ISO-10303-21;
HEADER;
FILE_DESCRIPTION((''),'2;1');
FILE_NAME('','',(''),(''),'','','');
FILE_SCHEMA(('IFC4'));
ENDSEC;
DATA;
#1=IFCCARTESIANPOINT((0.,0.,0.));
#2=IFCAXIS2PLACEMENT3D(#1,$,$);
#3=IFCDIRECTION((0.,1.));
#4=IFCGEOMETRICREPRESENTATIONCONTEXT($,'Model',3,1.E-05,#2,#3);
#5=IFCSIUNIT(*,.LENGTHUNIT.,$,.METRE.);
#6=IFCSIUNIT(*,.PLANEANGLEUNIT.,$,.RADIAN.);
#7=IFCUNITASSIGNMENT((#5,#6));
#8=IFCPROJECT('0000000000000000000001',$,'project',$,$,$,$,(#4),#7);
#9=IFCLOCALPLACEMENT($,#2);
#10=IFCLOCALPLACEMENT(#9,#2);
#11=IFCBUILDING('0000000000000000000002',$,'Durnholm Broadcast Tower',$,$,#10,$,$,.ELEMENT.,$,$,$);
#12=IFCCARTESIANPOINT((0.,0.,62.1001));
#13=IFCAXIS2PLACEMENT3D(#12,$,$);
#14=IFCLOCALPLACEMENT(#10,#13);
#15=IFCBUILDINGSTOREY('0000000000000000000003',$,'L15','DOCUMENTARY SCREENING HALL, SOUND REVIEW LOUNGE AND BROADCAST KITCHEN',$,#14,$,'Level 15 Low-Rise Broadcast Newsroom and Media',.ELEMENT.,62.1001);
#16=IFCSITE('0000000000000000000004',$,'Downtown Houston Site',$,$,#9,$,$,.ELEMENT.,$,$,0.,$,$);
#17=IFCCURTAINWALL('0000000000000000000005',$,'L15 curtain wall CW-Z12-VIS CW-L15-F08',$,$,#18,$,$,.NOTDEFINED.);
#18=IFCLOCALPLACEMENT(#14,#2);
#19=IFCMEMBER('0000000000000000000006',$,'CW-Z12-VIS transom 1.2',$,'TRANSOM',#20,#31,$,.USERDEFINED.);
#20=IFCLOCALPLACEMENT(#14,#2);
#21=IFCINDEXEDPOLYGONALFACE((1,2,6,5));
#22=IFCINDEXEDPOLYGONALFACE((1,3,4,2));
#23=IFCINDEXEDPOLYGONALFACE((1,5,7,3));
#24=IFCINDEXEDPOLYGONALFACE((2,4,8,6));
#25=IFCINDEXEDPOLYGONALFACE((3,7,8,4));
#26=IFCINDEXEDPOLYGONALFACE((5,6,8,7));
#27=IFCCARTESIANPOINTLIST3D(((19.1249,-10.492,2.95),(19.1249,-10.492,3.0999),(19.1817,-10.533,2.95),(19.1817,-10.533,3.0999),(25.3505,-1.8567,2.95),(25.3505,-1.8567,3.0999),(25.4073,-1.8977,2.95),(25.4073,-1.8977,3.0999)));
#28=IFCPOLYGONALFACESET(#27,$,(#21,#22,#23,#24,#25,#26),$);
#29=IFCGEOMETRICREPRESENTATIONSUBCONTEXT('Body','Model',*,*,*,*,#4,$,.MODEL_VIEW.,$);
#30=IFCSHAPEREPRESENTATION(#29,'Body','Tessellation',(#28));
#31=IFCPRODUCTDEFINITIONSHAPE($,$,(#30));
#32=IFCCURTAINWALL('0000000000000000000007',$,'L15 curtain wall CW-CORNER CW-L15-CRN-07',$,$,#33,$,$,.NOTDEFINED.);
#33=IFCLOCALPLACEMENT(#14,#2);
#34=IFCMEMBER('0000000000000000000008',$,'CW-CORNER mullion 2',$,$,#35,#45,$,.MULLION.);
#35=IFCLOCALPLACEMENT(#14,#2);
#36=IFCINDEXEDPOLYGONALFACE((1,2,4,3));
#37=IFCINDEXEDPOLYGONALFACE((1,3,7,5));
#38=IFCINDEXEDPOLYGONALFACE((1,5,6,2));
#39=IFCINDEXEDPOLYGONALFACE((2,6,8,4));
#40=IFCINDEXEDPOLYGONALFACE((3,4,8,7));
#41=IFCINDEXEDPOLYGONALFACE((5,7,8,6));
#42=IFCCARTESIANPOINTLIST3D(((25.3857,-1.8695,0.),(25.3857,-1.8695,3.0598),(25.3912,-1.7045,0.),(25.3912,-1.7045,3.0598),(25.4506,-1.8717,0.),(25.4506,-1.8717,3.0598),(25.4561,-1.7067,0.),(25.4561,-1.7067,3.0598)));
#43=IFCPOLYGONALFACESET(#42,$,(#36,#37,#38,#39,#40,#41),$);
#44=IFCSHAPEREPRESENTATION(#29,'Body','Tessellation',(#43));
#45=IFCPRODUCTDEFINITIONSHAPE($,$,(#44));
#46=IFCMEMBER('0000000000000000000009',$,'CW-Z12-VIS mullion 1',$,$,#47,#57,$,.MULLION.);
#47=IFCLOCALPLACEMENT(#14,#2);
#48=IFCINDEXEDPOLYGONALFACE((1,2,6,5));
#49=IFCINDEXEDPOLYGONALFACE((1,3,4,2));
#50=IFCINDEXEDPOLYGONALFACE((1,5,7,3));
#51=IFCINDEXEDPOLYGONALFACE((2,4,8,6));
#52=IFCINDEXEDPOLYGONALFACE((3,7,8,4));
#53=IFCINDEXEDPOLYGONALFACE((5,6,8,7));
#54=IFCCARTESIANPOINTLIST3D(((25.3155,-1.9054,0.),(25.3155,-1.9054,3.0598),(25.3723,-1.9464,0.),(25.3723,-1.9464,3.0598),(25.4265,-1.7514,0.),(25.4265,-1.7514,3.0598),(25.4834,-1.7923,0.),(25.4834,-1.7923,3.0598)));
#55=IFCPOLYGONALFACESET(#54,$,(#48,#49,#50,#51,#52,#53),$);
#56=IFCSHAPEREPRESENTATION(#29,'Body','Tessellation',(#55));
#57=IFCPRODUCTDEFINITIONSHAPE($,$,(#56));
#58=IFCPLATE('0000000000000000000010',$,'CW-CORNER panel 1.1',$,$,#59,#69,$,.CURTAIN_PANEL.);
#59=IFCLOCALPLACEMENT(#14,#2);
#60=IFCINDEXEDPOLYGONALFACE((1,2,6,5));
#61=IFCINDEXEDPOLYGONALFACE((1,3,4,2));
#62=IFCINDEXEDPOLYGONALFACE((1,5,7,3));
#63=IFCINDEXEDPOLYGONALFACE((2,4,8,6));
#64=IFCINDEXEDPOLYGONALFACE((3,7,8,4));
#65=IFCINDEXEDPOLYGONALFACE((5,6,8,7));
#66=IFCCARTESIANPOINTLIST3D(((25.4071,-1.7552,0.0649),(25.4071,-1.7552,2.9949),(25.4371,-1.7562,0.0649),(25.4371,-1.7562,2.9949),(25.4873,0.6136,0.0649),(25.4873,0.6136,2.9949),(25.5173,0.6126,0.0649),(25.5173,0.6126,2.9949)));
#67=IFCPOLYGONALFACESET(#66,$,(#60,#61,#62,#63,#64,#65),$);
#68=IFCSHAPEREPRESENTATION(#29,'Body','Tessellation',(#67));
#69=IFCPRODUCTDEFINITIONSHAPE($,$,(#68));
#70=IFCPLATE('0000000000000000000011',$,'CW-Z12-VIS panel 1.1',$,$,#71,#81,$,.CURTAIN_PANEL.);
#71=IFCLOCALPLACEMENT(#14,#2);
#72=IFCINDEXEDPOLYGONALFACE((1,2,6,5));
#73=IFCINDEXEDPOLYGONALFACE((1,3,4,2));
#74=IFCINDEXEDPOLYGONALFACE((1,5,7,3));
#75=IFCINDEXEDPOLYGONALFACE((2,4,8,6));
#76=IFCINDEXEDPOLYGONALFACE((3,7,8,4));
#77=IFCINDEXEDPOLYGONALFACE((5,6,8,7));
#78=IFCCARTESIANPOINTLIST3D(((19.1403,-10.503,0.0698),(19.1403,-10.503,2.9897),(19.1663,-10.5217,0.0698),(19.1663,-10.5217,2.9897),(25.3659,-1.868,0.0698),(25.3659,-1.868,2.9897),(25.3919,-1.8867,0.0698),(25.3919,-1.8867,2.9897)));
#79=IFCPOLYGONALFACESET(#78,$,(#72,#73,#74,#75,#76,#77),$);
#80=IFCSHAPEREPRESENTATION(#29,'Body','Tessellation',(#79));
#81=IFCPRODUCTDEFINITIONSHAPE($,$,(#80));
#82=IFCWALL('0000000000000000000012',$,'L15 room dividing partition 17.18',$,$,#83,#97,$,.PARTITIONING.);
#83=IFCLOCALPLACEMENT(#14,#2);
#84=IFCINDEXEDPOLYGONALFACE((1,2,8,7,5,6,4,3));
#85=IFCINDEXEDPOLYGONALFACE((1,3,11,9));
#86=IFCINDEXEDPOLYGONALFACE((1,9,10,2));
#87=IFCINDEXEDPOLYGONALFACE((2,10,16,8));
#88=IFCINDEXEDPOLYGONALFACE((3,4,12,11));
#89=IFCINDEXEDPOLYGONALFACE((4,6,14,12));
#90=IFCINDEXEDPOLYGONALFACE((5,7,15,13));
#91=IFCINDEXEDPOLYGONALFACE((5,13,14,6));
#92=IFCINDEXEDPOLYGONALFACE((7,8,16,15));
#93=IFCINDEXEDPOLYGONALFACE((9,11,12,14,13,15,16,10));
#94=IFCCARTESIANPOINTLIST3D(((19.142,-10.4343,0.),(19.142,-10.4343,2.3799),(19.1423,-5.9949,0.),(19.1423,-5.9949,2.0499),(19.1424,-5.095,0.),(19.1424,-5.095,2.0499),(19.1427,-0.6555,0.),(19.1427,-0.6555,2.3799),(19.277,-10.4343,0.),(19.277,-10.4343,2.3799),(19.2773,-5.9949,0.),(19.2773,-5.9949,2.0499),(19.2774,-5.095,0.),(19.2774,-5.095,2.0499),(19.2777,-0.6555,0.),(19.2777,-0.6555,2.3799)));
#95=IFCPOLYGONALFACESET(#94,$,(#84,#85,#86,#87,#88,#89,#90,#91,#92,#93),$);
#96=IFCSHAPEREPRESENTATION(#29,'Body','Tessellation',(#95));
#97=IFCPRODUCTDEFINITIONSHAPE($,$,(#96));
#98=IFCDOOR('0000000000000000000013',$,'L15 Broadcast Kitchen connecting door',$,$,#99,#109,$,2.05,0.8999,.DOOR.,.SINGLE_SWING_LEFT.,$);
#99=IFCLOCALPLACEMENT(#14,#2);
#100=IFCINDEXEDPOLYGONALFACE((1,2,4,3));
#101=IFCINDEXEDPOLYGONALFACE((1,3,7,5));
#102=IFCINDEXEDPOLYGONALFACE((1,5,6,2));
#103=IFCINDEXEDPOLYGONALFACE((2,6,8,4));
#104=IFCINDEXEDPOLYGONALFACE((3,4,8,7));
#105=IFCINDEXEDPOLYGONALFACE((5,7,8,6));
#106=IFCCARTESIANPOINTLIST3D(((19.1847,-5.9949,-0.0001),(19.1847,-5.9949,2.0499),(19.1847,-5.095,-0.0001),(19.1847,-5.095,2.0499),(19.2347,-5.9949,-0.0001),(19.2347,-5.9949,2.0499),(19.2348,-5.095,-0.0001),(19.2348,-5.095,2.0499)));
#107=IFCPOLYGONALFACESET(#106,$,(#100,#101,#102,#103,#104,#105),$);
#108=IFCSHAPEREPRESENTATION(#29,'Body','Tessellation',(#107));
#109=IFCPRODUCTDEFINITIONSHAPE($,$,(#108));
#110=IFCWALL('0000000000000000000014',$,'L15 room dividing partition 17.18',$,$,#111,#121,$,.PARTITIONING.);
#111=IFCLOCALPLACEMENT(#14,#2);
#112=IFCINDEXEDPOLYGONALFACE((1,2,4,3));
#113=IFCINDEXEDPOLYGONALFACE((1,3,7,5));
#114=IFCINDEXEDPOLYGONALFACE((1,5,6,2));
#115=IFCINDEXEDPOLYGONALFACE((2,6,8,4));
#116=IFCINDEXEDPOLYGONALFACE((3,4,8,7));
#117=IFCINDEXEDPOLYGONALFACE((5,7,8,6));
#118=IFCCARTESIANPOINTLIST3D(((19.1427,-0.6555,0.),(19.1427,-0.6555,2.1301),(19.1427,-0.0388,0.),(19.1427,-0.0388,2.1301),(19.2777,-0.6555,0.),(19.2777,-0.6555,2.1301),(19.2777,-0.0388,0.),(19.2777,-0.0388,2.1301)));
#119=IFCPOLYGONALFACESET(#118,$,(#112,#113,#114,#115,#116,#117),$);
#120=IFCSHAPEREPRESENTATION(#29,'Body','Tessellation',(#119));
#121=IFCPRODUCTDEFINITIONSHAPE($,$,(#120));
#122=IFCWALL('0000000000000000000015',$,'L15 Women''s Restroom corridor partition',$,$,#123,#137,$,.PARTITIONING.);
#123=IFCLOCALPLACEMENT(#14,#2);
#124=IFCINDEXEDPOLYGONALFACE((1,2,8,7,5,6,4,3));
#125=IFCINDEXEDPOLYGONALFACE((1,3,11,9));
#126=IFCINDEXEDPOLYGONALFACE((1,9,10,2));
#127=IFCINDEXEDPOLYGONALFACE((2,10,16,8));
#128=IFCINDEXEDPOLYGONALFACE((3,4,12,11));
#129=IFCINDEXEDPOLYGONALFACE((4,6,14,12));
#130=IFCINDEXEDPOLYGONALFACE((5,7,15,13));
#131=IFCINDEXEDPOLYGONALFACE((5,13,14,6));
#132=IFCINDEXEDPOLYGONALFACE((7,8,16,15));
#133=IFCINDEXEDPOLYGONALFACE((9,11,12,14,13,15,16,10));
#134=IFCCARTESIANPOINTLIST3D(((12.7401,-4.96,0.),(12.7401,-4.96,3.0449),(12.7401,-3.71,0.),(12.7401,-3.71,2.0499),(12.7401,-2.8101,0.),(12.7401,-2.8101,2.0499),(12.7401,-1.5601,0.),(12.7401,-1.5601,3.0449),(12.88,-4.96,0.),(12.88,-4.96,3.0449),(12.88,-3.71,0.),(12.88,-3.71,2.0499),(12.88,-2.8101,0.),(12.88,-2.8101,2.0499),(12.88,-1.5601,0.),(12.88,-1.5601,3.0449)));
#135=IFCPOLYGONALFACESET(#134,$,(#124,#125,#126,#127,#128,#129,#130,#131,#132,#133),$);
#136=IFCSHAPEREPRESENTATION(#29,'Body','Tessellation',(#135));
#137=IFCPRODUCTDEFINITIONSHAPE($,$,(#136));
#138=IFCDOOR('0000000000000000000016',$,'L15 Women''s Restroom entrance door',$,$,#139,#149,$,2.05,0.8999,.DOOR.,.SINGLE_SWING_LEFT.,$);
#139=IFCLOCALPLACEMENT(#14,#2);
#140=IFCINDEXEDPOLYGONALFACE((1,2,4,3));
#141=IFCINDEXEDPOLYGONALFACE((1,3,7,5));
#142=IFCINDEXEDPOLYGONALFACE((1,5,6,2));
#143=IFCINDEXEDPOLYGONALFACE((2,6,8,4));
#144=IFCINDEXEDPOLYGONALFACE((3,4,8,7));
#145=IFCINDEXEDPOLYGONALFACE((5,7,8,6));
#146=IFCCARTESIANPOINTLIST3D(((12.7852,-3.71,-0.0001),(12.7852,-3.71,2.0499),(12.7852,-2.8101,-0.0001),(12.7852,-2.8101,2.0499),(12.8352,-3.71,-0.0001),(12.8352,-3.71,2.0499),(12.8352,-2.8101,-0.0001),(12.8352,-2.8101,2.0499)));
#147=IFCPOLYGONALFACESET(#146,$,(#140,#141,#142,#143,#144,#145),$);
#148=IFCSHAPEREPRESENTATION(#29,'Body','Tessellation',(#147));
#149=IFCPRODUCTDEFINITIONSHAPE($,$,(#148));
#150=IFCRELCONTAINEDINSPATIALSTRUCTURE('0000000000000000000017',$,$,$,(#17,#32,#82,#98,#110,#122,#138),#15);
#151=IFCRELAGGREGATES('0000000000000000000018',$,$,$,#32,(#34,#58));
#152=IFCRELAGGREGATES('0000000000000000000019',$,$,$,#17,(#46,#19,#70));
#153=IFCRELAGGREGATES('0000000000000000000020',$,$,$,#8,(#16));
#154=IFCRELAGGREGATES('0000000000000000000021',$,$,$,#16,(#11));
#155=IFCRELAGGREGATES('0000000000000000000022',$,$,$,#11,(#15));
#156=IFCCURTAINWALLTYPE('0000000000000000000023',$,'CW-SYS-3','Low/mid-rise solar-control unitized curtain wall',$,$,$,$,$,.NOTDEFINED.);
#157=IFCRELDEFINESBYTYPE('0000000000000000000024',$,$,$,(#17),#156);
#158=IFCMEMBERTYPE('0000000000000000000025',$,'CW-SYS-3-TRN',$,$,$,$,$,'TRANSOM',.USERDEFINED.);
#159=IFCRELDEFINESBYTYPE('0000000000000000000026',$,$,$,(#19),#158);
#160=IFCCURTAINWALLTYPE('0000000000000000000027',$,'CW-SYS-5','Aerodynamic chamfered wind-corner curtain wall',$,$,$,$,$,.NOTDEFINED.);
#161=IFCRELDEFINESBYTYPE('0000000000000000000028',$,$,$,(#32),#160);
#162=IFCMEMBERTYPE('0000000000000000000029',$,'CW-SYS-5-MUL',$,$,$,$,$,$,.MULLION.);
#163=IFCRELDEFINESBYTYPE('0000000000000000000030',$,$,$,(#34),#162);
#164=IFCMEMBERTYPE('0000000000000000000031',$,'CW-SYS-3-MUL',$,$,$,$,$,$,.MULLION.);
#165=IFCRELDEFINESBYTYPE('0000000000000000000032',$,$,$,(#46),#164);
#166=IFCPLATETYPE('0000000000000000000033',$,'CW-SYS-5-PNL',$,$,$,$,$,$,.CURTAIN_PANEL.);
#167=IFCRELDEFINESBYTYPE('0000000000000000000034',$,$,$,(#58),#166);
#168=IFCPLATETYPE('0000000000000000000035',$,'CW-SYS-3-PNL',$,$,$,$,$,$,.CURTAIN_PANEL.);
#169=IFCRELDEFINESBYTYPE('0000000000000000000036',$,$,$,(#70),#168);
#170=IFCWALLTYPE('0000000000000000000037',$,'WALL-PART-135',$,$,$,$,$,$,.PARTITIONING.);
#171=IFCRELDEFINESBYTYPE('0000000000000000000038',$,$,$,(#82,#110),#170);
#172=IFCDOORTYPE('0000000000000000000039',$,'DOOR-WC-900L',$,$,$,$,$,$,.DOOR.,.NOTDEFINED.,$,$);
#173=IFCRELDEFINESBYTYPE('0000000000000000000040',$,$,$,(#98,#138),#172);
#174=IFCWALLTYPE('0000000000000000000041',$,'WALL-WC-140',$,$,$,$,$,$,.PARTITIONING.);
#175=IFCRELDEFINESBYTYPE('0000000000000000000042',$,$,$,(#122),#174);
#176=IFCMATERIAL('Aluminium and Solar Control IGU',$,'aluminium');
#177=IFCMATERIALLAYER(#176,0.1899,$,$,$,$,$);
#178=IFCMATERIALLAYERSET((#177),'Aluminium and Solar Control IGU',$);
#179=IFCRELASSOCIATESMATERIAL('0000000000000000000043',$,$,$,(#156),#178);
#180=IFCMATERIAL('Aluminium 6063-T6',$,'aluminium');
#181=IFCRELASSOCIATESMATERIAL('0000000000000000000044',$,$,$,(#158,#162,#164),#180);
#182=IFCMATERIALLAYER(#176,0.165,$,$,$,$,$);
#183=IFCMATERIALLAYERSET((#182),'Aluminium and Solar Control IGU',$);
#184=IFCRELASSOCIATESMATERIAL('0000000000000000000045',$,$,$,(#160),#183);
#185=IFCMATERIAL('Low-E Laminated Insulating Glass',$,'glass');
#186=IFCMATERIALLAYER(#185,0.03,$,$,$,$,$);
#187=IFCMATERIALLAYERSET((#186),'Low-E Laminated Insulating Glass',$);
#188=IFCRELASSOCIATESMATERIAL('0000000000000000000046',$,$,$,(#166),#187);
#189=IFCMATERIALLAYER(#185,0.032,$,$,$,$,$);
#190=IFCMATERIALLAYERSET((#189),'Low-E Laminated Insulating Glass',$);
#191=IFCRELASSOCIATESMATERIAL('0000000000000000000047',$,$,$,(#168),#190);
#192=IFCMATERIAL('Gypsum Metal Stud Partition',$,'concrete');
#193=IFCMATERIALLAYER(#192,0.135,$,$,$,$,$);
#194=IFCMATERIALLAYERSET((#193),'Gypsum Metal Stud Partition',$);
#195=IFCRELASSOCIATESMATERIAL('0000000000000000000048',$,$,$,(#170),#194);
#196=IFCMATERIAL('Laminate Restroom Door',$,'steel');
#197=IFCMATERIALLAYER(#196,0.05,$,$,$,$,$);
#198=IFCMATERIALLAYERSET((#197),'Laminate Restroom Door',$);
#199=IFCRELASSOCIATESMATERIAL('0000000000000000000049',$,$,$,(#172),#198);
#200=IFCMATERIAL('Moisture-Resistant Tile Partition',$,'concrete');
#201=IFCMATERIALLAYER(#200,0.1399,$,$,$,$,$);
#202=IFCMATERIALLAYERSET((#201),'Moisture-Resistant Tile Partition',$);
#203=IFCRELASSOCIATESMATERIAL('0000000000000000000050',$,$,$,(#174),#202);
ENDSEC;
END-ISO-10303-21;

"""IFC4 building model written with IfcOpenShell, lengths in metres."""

from ifc_helpers import new_model, si_unit, direction, frame, frame_2d, origin, origin_2d, place, context, subcontext, project, spatial, rectangle, extrude, source, transform, mapped, material, layer, layer_set, material_profile, profile_set, type_object, type_shapes, element, fill, aggregate, save


model = new_model("IFC4")

# Units and contexts
model_context = context("Model", 3, precision=1e-05, world=origin(), true_north=direction((0.0, 1.0)))
body_context = subcontext(model_context, "Body", "Model", "MODEL_VIEW")
ifc_project = project(units=[si_unit("LENGTHUNIT", "METRE"), si_unit("PLANEANGLEUNIT", "RADIAN")], contexts=[model_context])

# Site, building, storey
site_placement = place(None, origin())
site = spatial("IfcSite", under=ifc_project, at=site_placement, Name="Downtown Houston Site", CompositionType="ELEMENT", RefElevation=0.0)
building_placement = place(site_placement, origin())
building = spatial("IfcBuilding", under=site, at=building_placement, Name="Durnholm Broadcast Tower", CompositionType="ELEMENT")
storey_placement = place(building_placement, frame((0.0, 0.0, 62.1001)))
storey = spatial("IfcBuildingStorey", under=building, at=storey_placement, Name="L15", Description="DOCUMENTARY SCREENING HALL, SOUND REVIEW LOUNGE AND BROADCAST KITCHEN", LongName="Level 15 Low-Rise Broadcast Newsroom and Media", CompositionType="ELEMENT", Elevation=62.1001)

# Curtain wall, member
ifc_material_1 = material(Name="Aluminium and Solar Control IGU", Category="aluminium")
ifc_layer_1 = layer(ifc_material_1, 0.1899)
ifc_layer_set_1 = layer_set([ifc_layer_1], Name="Aluminium and Solar Control IGU")
curtain_wall_type_1 = type_object("IfcCurtainWallType", Name="CW-SYS-3", Description="Low/mid-rise solar-control unitized curtain wall", PredefinedType="NOTDEFINED", material=ifc_layer_set_1)
curtain_wall_1_placement = place(storey_placement, origin())
curtain_wall_1 = element("IfcCurtainWall", 1, at=curtain_wall_1_placement, inside=storey, type_object=curtain_wall_type_1, Name="L15 curtain wall CW-Z12-VIS CW-L15-F08", PredefinedType="NOTDEFINED")
ifc_material_2 = material(Name="Aluminium 6063-T6", Category="aluminium")
ifc_material_profile_1 = material_profile(ifc_material_2, rectangle(XDim=0.0701, YDim=0.1499, at=origin_2d()), Name="CWT70X150")
ifc_profile_set_1 = profile_set([ifc_material_profile_1], Name="Aluminium 6063-T6")
member_type_1 = type_object("IfcMemberType", Name="CW-SYS-3-TRN", ElementType="TRANSOM", PredefinedType="USERDEFINED", material=ifc_profile_set_1)
shared_shape_1 = source(origin(), body_context, "Body", "SweptSolid", [
    extrude(rectangle(XDim=0.0701, YDim=0.1499, at=origin_2d()), origin(), (0.0, 0.0, 1.0), 10.6455),
])
type_shapes(member_type_1, [shared_shape_1])
member_1_placement = place(storey_placement, frame((25.3789, -1.8772, 3.0249), z_axis=(-0.584812, -0.811169, 0.0), x_axis=(0.811169, -0.584812, 0.0)))
member_1 = element("IfcMember", 2, at=member_1_placement, type_object=member_type_1, Name="CW-Z12-VIS transom 1.2", ObjectType="TRANSOM", PredefinedType="USERDEFINED", context=body_context, shape_type="MappedRepresentation", body=[
    mapped(shared_shape_1, transform((0.0, 0.0, 0.0), x_axis=(1.0, 0.0, 0.0), y_axis=(0.0, 1.0, 0.0), z_axis=(0.0, 0.0, 1.0), scale=1.0)),
])

# Curtain wall, member
ifc_layer_2 = layer(ifc_material_1, 0.165)
ifc_layer_set_2 = layer_set([ifc_layer_2], Name="Aluminium and Solar Control IGU")
curtain_wall_type_2 = type_object("IfcCurtainWallType", Name="CW-SYS-5", Description="Aerodynamic chamfered wind-corner curtain wall", PredefinedType="NOTDEFINED", material=ifc_layer_set_2)
curtain_wall_2_placement = place(storey_placement, origin())
curtain_wall_2 = element("IfcCurtainWall", 3, at=curtain_wall_2_placement, inside=storey, type_object=curtain_wall_type_2, Name="L15 curtain wall CW-CORNER CW-L15-CRN-07", PredefinedType="NOTDEFINED")
ifc_material_profile_2 = material_profile(ifc_material_2, rectangle(XDim=0.0649, YDim=0.165, at=origin_2d()), Name="CWM65X165")
ifc_profile_set_2 = profile_set([ifc_material_profile_2], Name="Aluminium 6063-T6")
member_type_2 = type_object("IfcMemberType", Name="CW-SYS-5-MUL", PredefinedType="MULLION", material=ifc_profile_set_2)
shared_shape_2 = source(origin(), body_context, "Body", "SweptSolid", [
    extrude(rectangle(XDim=0.0649, YDim=0.165, at=origin_2d()), origin(), (0.0, 0.0, 1.0), 3.0598),
])
type_shapes(member_type_2, [shared_shape_2])
member_2_placement = place(storey_placement, frame((25.4209, -1.7881, 0.0), z_axis=(0.0, 0.0, 1.0), x_axis=(0.999427, -0.03384, 0.0)))
member_2 = element("IfcMember", 4, at=member_2_placement, type_object=member_type_2, Name="CW-CORNER mullion 2", PredefinedType="MULLION", context=body_context, shape_type="MappedRepresentation", body=[
    mapped(shared_shape_2, transform((0.0, 0.0, 0.0), x_axis=(1.0, 0.0, 0.0), y_axis=(0.0, 1.0, 0.0), z_axis=(0.0, 0.0, 1.0), scale=1.0)),
])

# Member
ifc_material_profile_3 = material_profile(ifc_material_2, rectangle(XDim=0.0701, YDim=0.1899, at=origin_2d()), Name="CWM70X190")
ifc_profile_set_3 = profile_set([ifc_material_profile_3], Name="Aluminium 6063-T6")
member_type_3 = type_object("IfcMemberType", Name="CW-SYS-3-MUL", PredefinedType="MULLION", material=ifc_profile_set_3)
shared_shape_3 = source(origin(), body_context, "Body", "SweptSolid", [
    extrude(rectangle(XDim=0.0701, YDim=0.1899, at=origin_2d()), origin(), (0.0, 0.0, 1.0), 3.0598),
])
type_shapes(member_type_3, [shared_shape_3])
member_3_placement = place(storey_placement, frame((25.3994, -1.8489, 0.0), z_axis=(0.0, 0.0, 1.0), x_axis=(0.811161, -0.584823, 0.0)))
member_3 = element("IfcMember", 5, at=member_3_placement, type_object=member_type_3, Name="CW-Z12-VIS mullion 1", PredefinedType="MULLION", context=body_context, shape_type="MappedRepresentation", body=[
    mapped(shared_shape_3, transform((0.0, 0.0, 0.0), x_axis=(1.0, 0.0, 0.0), y_axis=(0.0, 1.0, 0.0), z_axis=(0.0, 0.0, 1.0), scale=1.0)),
])

# Plates
ifc_material_3 = material(Name="Low-E Laminated Insulating Glass", Category="glass")
ifc_layer_3 = layer(ifc_material_3, 0.03)
ifc_layer_set_3 = layer_set([ifc_layer_3], Name="Low-E Laminated Insulating Glass")
plate_type_1 = type_object("IfcPlateType", Name="CW-SYS-5-PNL", PredefinedType="CURTAIN_PANEL", material=ifc_layer_set_3)
shared_shape_4 = source(origin(), body_context, "Body", "SweptSolid", [
    extrude(rectangle(XDim=2.3701, YDim=0.03, at=origin_2d()), origin(), (0.0, 0.0, 1.0), 2.9299),
])
type_shapes(plate_type_1, [shared_shape_4])
plate_1_placement = place(storey_placement, frame((25.4622, -0.5713, 0.0649), z_axis=(0.0, 0.0, 1.0), x_axis=(-0.03384, -0.999427, 0.0)))
plate_1 = element("IfcPlate", 6, at=plate_1_placement, type_object=plate_type_1, Name="CW-CORNER panel 1.1", PredefinedType="CURTAIN_PANEL", context=body_context, shape_type="MappedRepresentation", body=[
    mapped(shared_shape_4, transform((0.0, 0.0, 0.0), x_axis=(1.0, 0.0, 0.0), y_axis=(0.0, 1.0, 0.0), z_axis=(0.0, 0.0, 1.0), scale=1.0)),
])
aggregate(curtain_wall_2, [member_2, plate_1])
ifc_layer_4 = layer(ifc_material_3, 0.032)
ifc_layer_set_4 = layer_set([ifc_layer_4], Name="Low-E Laminated Insulating Glass")
plate_type_2 = type_object("IfcPlateType", Name="CW-SYS-3-PNL", PredefinedType="CURTAIN_PANEL", material=ifc_layer_set_4)
shared_shape_5 = source(origin(), body_context, "Body", "SweptSolid", [
    extrude(rectangle(XDim=10.6453, YDim=0.032, at=origin_2d()), origin(), (0.0, 0.0, 1.0), 2.9199),
])
type_shapes(plate_type_2, [shared_shape_5])
plate_2_placement = place(storey_placement, frame((22.2661, -6.1948, 0.0698), z_axis=(0.0, 0.0, 1.0), x_axis=(-0.584823, -0.811161, 0.0)))
plate_2 = element("IfcPlate", 7, at=plate_2_placement, type_object=plate_type_2, Name="CW-Z12-VIS panel 1.1", PredefinedType="CURTAIN_PANEL", context=body_context, shape_type="MappedRepresentation", body=[
    mapped(shared_shape_5, transform((0.0, 0.0, 0.0), x_axis=(1.0, 0.0, 0.0), y_axis=(0.0, 1.0, 0.0), z_axis=(0.0, 0.0, 1.0), scale=1.0)),
])
aggregate(curtain_wall_1, [member_3, member_1, plate_2])

# Wall, opening, door
ifc_material_4 = material(Name="Gypsum Metal Stud Partition", Category="concrete")
ifc_layer_5 = layer(ifc_material_4, 0.135)
ifc_layer_set_5 = layer_set([ifc_layer_5], Name="Gypsum Metal Stud Partition")
wall_type_1 = type_object("IfcWallType", Name="WALL-PART-135", PredefinedType="PARTITIONING", material=ifc_layer_set_5)
wall_1_placement = place(storey_placement, frame((19.2102, -0.6555, 0.0), z_axis=(0.0, 0.0, 1.0), x_axis=(-0.000075, -1.0, 0.0)))
wall_1 = element("IfcWall", 8, at=wall_1_placement, inside=storey, type_object=wall_type_1, Name="L15 room dividing partition 17.18", PredefinedType="PARTITIONING", context=body_context, shape_type="SweptSolid", body=[
    extrude(rectangle(XDim=9.7788, YDim=0.135, at=frame_2d((4.8894, 0.0))), origin(), (0.0, 0.0, 1.0), 2.3799),
])
opening_1_placement = place(wall_1_placement, frame((4.4395, 0.0, 0.0)))
opening_1 = element("IfcOpeningElement", 9, at=opening_1_placement, cuts=wall_1, PredefinedType="OPENING", context=body_context, shape_type="SweptSolid", body=[
    extrude(rectangle(XDim=0.8999, YDim=2.05, at=frame_2d((0.45, 1.0249))), frame((0.0, 0.0776, 0.0), z_axis=(0.0, -1.0, 0.0), x_axis=(1.0, 0.0, 0.0)), (0.0, 0.0, 1.0), 0.155),
])
ifc_material_5 = material(Name="Laminate Restroom Door", Category="steel")
ifc_layer_6 = layer(ifc_material_5, 0.05)
ifc_layer_set_6 = layer_set([ifc_layer_6], Name="Laminate Restroom Door")
door_type_1 = type_object("IfcDoorType", Name="DOOR-WC-900L", OperationType="NOTDEFINED", PredefinedType="DOOR", material=ifc_layer_set_6)
shared_shape_6 = source(origin(), body_context, "Body", "SweptSolid", [
    extrude(rectangle(XDim=0.8999, YDim=2.05, at=frame_2d((0.45, 1.0249))), frame((0.0, 0.0249, 0.0), z_axis=(0.0, -1.0, 0.0), x_axis=(1.0, 0.0, 0.0)), (0.0, 0.0, 1.0), 0.05),
])
type_shapes(door_type_1, [shared_shape_6])
door_1_placement = place(opening_1_placement, origin())
door_1 = element("IfcDoor", 10, at=door_1_placement, inside=storey, type_object=door_type_1, Name="L15 Broadcast Kitchen connecting door", OperationType="SINGLE_SWING_LEFT", OverallHeight=2.05, OverallWidth=0.8999, PredefinedType="DOOR", context=body_context, shape_type="MappedRepresentation", body=[
    mapped(shared_shape_6, transform((0.0, 0.0, 0.0), x_axis=(1.0, 0.0, 0.0), y_axis=(0.0, 1.0, 0.0), z_axis=(0.0, 0.0, 1.0), scale=1.0)),
])
fill(opening_1, door_1)

# Wall
wall_2_placement = place(storey_placement, frame((19.2102, -0.0388, 0.0), z_axis=(0.0, 0.0, 1.0), x_axis=(0.0, -1.0, 0.0)))
element("IfcWall", 11, at=wall_2_placement, inside=storey, type_object=wall_type_1, Name="L15 room dividing partition 17.18", PredefinedType="PARTITIONING", context=body_context, shape_type="SweptSolid", body=[
    extrude(rectangle(XDim=0.6167, YDim=0.135, at=frame_2d((0.3083, 0.0))), origin(), (0.0, 0.0, 1.0), 2.1301),
])

# Wall, opening, door
ifc_material_6 = material(Name="Moisture-Resistant Tile Partition", Category="concrete")
ifc_layer_7 = layer(ifc_material_6, 0.1399)
ifc_layer_set_7 = layer_set([ifc_layer_7], Name="Moisture-Resistant Tile Partition")
wall_type_2 = type_object("IfcWallType", Name="WALL-WC-140", PredefinedType="PARTITIONING", material=ifc_layer_set_7)
wall_3_placement = place(storey_placement, frame((12.8101, -4.96, 0.0), z_axis=(0.0, 0.0, 1.0), x_axis=(0.0, 1.0, 0.0)))
wall_3 = element("IfcWall", 12, at=wall_3_placement, inside=storey, type_object=wall_type_2, Name="L15 Women's Restroom corridor partition", PredefinedType="PARTITIONING", context=body_context, shape_type="SweptSolid", body=[
    extrude(rectangle(XDim=3.3999, YDim=0.1399, at=frame_2d((1.7, 0.0))), origin(), (0.0, 0.0, 1.0), 3.0449),
])
opening_2_placement = place(wall_3_placement, frame((1.25, 0.0, 0.0)))
opening_2 = element("IfcOpeningElement", 13, at=opening_2_placement, cuts=wall_3, PredefinedType="OPENING", context=body_context, shape_type="SweptSolid", body=[
    extrude(rectangle(XDim=0.8999, YDim=2.05, at=frame_2d((0.45, 1.0249))), frame((0.0, 0.0801, 0.0), z_axis=(0.0, -1.0, 0.0), x_axis=(1.0, 0.0, 0.0)), (0.0, 0.0, 1.0), 0.1599),
])
door_2_placement = place(opening_2_placement, origin())
door_2 = element("IfcDoor", 14, at=door_2_placement, inside=storey, type_object=door_type_1, Name="L15 Women's Restroom entrance door", OperationType="SINGLE_SWING_LEFT", OverallHeight=2.05, OverallWidth=0.8999, PredefinedType="DOOR", context=body_context, shape_type="MappedRepresentation", body=[
    mapped(shared_shape_6, transform((0.0, 0.0, 0.0), x_axis=(1.0, 0.0, 0.0), y_axis=(0.0, 1.0, 0.0), z_axis=(0.0, 0.0, 1.0), scale=1.0)),
])
fill(opening_2, door_2)

save(model, "model.ifc")
